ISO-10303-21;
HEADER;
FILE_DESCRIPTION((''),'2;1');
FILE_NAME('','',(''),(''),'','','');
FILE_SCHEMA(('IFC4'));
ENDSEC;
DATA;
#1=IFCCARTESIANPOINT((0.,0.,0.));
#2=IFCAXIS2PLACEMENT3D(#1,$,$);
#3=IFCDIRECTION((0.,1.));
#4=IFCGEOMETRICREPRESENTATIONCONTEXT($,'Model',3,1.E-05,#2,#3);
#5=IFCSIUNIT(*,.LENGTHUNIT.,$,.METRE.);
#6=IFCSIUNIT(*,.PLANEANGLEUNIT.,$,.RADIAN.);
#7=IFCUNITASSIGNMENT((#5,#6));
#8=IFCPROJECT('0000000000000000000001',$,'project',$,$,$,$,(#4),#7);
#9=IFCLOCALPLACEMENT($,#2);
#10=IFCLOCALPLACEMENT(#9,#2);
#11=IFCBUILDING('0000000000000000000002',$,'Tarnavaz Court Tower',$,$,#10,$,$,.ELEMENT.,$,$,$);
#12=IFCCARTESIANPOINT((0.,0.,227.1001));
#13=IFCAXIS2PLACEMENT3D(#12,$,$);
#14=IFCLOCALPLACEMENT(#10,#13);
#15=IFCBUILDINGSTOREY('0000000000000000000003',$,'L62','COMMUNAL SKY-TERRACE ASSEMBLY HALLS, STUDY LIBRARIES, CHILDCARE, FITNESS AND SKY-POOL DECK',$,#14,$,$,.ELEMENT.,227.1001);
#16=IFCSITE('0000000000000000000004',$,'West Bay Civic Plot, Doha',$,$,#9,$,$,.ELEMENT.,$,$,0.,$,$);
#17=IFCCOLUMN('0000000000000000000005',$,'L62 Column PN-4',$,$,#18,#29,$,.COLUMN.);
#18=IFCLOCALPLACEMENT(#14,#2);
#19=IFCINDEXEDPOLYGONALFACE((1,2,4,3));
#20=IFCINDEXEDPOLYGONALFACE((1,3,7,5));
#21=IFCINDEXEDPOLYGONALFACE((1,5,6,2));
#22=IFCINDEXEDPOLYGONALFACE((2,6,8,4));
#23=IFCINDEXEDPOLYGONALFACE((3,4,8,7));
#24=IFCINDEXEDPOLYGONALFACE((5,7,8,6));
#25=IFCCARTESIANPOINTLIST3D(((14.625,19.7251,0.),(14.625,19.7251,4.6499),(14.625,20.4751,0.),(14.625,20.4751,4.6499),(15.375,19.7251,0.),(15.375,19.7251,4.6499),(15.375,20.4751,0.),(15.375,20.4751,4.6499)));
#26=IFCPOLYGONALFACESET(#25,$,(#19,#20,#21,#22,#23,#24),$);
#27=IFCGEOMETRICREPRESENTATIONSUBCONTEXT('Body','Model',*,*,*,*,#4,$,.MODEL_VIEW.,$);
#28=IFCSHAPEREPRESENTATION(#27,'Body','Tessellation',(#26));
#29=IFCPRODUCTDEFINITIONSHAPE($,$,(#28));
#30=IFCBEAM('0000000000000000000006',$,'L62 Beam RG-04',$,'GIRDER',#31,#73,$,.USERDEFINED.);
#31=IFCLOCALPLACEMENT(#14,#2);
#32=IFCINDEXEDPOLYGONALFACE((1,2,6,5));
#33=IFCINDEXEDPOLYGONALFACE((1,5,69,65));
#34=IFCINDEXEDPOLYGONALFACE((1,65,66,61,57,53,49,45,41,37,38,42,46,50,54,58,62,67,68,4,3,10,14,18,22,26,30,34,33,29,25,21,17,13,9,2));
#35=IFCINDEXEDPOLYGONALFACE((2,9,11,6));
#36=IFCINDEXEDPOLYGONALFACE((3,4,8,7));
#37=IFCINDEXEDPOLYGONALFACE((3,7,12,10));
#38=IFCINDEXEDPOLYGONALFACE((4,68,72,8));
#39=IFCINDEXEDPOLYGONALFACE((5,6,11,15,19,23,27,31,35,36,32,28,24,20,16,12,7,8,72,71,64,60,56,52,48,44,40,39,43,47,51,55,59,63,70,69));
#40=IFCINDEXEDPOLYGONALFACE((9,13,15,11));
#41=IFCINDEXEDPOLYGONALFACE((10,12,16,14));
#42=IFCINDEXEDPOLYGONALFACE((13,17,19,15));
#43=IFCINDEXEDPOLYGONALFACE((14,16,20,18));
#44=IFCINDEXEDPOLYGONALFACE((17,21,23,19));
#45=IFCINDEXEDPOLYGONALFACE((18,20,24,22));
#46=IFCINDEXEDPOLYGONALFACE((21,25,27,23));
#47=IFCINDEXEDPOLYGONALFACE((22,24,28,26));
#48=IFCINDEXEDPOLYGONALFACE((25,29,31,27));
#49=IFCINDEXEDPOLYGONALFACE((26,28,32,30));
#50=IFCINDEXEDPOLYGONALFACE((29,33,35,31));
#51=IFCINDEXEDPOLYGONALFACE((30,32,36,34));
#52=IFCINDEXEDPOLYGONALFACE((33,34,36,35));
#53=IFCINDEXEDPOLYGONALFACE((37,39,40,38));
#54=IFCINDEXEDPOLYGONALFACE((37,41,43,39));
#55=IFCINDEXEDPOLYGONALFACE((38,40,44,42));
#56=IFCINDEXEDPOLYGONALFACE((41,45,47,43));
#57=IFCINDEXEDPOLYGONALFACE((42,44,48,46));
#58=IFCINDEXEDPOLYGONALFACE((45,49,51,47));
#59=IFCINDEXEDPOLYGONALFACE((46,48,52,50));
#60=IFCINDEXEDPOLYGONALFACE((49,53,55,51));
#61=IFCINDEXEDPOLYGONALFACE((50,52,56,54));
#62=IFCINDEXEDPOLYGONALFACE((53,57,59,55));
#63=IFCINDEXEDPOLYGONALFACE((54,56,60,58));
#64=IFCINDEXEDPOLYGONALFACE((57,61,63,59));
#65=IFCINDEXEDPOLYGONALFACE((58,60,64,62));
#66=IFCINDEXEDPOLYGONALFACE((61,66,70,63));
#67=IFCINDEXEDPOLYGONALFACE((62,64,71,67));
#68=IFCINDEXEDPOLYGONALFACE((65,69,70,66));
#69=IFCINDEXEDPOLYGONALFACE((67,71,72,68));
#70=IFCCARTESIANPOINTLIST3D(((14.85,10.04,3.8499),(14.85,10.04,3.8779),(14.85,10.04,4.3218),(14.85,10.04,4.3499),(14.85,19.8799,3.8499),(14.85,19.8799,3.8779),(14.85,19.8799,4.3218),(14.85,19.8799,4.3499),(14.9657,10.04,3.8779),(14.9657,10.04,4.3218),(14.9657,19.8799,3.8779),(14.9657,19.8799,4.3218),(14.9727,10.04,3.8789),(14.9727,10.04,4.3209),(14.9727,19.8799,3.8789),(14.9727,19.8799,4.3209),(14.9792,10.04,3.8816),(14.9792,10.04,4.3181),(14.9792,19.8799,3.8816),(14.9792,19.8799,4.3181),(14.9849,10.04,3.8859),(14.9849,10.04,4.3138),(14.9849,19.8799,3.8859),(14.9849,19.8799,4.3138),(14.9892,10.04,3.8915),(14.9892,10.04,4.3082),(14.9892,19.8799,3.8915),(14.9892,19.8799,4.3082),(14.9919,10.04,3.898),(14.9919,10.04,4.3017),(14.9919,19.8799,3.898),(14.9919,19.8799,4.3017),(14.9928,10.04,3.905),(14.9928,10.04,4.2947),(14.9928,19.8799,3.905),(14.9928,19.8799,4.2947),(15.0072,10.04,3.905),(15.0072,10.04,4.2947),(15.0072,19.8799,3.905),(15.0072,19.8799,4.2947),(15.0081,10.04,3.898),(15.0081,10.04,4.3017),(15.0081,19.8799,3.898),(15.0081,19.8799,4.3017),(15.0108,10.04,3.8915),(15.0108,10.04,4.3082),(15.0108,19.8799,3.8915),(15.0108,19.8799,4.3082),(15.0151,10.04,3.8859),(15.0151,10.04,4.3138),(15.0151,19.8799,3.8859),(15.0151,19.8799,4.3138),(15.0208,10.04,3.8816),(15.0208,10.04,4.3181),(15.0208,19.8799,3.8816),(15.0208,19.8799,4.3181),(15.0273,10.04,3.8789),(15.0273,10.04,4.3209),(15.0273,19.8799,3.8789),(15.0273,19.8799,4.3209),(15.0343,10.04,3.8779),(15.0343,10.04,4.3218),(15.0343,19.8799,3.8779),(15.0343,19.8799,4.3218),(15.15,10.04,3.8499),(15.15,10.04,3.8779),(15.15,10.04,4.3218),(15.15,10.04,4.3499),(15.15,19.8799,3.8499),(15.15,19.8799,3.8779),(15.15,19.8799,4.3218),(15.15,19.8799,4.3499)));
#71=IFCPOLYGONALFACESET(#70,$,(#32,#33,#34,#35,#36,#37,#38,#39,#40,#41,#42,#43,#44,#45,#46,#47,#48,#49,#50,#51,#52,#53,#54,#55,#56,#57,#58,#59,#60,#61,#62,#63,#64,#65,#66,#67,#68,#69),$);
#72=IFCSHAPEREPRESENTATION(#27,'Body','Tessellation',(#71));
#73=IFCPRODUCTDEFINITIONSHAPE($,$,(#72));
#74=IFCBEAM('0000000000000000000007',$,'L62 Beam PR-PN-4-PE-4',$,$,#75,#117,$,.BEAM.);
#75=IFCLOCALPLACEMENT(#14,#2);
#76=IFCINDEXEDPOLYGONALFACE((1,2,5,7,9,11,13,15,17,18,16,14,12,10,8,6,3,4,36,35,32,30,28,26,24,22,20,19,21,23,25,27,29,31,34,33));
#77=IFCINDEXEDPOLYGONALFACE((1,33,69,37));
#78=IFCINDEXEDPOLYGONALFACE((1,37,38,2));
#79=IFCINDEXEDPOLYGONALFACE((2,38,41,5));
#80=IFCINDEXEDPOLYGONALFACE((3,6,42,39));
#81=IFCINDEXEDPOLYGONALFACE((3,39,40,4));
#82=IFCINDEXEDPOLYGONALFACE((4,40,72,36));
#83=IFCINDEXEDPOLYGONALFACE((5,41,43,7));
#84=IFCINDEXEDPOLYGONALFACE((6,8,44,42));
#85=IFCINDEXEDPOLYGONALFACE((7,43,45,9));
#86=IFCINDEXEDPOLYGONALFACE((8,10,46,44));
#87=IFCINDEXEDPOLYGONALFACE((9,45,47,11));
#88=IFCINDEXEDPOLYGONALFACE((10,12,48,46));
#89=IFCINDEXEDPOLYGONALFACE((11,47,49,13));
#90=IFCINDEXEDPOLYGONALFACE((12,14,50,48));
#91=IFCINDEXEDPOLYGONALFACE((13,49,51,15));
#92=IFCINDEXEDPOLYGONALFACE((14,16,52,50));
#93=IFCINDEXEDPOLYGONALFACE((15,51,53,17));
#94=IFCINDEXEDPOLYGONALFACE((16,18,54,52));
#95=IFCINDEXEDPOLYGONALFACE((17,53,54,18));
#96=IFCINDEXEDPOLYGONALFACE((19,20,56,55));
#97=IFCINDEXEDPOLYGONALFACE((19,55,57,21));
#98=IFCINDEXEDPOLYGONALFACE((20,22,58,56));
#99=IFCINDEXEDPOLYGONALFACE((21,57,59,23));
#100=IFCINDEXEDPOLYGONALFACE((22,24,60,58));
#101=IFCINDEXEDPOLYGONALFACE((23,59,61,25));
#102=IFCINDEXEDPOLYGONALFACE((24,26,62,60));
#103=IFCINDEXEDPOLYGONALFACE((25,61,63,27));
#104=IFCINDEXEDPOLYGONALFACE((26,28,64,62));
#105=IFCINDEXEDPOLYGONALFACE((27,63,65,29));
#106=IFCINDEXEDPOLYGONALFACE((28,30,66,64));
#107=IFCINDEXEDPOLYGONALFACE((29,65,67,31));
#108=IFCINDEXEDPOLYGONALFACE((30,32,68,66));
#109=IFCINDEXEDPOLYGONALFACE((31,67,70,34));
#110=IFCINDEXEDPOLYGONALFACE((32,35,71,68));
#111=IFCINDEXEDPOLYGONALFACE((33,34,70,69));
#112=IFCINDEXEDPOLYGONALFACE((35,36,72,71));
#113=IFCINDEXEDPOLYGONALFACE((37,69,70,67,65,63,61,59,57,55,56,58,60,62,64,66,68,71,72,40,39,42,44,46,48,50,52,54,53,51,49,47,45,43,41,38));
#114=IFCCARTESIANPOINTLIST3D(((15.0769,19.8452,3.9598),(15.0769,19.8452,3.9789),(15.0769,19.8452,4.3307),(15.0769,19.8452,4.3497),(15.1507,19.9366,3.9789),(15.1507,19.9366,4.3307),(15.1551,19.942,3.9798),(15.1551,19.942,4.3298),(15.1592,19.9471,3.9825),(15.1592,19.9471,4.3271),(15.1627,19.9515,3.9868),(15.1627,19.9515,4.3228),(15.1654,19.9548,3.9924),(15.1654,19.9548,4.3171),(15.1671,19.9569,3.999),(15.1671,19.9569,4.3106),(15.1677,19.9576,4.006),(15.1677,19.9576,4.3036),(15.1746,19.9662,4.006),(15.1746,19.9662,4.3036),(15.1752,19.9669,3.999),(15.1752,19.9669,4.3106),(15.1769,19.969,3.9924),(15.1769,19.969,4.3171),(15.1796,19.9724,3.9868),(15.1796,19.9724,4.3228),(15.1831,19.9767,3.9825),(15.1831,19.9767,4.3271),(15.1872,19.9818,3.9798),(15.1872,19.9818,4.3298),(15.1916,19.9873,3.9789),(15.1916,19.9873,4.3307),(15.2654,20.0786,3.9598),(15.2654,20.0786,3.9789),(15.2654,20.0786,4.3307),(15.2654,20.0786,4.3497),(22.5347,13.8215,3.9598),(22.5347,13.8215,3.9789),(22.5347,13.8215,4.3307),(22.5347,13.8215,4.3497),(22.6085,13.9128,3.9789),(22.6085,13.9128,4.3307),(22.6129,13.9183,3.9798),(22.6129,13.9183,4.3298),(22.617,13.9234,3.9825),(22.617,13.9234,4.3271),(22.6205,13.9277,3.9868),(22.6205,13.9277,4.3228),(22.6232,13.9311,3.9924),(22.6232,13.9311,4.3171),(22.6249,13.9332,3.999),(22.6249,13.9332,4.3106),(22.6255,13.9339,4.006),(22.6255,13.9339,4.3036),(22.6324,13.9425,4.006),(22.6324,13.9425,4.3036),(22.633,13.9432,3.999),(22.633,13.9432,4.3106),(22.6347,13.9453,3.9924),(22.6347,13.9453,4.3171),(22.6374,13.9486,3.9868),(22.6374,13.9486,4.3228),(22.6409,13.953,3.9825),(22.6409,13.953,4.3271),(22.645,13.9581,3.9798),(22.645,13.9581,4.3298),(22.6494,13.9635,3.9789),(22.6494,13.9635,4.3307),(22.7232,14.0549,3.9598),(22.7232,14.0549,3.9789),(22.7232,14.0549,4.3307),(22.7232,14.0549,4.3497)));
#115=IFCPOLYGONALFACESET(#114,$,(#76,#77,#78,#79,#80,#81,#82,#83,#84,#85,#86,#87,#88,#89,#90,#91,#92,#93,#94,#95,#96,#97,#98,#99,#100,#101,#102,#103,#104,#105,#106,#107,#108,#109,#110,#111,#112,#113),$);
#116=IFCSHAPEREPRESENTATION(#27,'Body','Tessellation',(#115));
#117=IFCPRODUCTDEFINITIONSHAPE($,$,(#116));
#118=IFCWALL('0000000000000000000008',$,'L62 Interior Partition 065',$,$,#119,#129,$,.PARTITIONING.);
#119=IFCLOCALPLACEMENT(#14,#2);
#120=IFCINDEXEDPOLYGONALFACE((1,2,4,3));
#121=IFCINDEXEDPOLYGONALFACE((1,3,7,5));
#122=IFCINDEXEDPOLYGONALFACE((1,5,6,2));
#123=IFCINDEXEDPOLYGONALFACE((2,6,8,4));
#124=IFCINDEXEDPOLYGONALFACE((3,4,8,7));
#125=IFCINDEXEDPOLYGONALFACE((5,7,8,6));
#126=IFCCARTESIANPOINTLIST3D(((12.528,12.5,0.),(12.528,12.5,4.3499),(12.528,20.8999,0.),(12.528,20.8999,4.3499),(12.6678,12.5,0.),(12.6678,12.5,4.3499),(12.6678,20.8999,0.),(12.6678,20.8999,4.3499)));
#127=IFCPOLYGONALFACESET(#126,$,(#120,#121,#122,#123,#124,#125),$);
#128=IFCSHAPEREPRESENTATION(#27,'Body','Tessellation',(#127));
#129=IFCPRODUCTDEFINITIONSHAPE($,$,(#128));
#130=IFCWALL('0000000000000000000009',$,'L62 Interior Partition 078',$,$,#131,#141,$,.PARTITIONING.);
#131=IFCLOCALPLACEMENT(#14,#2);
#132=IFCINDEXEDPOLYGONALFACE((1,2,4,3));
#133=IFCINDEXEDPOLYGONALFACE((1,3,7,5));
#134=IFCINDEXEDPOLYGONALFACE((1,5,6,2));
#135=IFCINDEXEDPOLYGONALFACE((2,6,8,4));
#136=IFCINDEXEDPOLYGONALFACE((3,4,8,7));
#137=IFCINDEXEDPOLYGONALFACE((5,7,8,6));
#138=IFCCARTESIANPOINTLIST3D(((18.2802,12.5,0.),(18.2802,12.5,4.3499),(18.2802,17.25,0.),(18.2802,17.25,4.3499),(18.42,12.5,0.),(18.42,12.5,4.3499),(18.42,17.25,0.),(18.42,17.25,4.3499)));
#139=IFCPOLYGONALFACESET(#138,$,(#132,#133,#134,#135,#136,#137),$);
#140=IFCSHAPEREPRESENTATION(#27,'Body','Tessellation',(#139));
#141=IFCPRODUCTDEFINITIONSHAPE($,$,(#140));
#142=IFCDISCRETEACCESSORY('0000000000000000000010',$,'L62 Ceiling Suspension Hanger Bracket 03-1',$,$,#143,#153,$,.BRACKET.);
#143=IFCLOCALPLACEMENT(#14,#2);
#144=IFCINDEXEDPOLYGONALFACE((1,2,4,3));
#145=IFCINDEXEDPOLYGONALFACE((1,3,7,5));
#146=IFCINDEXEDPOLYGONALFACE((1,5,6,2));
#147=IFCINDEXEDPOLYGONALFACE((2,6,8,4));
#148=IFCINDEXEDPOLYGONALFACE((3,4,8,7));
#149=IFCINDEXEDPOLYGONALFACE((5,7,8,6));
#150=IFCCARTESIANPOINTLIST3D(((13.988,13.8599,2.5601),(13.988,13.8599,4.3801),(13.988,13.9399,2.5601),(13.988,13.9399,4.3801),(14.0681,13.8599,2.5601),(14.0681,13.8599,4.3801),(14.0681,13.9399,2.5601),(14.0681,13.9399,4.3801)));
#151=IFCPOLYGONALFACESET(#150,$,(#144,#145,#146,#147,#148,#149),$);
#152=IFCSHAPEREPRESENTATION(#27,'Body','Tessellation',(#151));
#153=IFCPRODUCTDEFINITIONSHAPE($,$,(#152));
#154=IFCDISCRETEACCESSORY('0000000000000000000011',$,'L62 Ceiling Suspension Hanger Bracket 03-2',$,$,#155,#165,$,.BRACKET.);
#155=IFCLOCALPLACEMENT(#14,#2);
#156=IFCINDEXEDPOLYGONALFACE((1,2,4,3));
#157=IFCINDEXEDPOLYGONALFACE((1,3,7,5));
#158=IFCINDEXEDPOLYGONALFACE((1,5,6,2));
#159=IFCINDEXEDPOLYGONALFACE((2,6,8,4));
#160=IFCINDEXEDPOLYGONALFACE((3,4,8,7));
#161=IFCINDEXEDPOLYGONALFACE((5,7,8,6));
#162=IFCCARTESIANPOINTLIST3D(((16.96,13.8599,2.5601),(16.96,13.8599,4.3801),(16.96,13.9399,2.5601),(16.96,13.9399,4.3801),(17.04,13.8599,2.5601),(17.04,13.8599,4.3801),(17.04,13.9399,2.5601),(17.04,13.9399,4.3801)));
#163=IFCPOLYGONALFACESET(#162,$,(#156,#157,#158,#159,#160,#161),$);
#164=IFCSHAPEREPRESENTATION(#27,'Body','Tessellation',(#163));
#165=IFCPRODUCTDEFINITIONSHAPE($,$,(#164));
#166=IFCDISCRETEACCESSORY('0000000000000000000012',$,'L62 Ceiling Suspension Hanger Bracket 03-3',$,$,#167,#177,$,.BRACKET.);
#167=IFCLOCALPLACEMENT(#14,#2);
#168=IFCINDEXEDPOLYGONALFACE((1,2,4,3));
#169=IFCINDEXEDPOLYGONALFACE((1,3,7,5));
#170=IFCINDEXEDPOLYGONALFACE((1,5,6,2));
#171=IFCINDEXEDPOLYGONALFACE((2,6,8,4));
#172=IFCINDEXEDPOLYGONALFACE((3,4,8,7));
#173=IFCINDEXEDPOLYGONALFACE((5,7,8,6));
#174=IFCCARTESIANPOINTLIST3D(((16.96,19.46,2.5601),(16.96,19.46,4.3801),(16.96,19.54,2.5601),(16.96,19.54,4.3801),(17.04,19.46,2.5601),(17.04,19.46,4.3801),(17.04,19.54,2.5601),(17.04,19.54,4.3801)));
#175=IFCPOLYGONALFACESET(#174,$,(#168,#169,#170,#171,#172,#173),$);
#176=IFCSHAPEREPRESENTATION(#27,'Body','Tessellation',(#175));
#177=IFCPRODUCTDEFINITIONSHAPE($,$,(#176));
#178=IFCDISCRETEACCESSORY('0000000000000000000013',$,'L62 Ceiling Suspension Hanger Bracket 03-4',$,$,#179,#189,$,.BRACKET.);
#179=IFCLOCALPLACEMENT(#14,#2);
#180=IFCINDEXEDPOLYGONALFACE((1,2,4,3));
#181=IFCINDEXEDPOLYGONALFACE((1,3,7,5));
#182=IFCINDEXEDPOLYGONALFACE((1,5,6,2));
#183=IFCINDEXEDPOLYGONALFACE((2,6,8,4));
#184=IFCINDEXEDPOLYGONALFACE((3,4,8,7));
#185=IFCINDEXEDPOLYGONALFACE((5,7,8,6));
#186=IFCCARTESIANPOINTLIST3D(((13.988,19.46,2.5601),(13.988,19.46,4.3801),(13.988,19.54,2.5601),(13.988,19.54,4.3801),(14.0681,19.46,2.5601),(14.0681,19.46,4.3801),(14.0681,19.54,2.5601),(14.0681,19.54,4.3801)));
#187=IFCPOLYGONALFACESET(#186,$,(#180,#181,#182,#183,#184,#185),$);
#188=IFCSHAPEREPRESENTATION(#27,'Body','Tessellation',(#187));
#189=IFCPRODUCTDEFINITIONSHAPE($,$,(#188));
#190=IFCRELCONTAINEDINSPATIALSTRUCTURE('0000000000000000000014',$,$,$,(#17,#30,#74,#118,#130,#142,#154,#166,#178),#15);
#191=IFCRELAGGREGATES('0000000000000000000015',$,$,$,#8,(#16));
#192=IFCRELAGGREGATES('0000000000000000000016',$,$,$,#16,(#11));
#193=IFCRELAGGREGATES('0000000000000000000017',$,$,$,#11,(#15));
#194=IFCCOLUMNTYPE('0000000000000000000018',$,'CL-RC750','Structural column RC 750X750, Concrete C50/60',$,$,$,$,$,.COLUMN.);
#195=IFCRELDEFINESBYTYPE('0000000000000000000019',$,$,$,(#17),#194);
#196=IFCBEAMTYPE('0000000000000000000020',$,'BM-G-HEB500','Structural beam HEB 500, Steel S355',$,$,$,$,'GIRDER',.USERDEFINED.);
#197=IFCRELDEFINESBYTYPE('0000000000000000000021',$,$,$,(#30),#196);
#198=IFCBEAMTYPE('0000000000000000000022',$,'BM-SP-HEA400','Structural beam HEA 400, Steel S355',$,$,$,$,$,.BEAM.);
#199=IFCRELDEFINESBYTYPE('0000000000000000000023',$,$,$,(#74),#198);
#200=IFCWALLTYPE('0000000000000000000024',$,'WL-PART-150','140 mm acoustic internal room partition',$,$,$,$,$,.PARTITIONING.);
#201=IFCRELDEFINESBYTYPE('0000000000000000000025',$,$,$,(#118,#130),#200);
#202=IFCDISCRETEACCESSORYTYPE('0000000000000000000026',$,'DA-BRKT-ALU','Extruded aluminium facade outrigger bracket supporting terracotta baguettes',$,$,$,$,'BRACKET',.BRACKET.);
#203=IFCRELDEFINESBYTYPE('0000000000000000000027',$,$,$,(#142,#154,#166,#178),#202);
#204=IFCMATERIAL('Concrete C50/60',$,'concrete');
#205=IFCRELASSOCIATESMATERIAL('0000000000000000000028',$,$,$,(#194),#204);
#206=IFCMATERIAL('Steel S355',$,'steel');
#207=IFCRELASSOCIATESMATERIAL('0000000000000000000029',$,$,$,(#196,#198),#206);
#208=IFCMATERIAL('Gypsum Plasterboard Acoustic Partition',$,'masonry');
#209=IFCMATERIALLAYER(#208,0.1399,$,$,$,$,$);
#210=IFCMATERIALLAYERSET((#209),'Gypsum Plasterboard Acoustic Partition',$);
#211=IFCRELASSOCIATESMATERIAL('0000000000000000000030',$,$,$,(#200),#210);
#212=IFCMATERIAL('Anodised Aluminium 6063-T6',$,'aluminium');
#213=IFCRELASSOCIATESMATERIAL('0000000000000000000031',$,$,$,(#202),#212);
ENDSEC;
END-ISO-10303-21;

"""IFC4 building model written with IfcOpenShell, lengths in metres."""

from ifc_helpers import new_model, si_unit, direction, frame, frame_2d, origin, origin_2d, place, context, subcontext, project, spatial, rectangle, i_section, extrude, material, layer, layer_set, material_profile, profile_set, type_object, element, save


model = new_model("IFC4")

# Units and contexts
model_context = context("Model", 3, precision=1e-05, world=origin(), true_north=direction((0.0, 1.0)))
body_context = subcontext(model_context, "Body", "Model", "MODEL_VIEW")
ifc_project = project(units=[si_unit("LENGTHUNIT", "METRE"), si_unit("PLANEANGLEUNIT", "RADIAN")], contexts=[model_context])

# Site, building, storey
site_placement = place(None, origin())
site = spatial("IfcSite", under=ifc_project, at=site_placement, Name="West Bay Civic Plot, Doha", CompositionType="ELEMENT", RefElevation=0.0)
building_placement = place(site_placement, origin())
building = spatial("IfcBuilding", under=site, at=building_placement, Name="Tarnavaz Court Tower", CompositionType="ELEMENT")
storey_placement = place(building_placement, frame((0.0, 0.0, 227.1001)))
storey = spatial("IfcBuildingStorey", under=building, at=storey_placement, Name="L62", Description="COMMUNAL SKY-TERRACE ASSEMBLY HALLS, STUDY LIBRARIES, CHILDCARE, FITNESS AND SKY-POOL DECK", CompositionType="ELEMENT", Elevation=227.1001)

# Column
ifc_material_1 = material(Name="Concrete C50/60", Category="concrete")
ifc_material_profile_1 = material_profile(ifc_material_1, rectangle(XDim=0.75, YDim=0.75, at=origin_2d()), Name="RC 750X750")
ifc_profile_set_1 = profile_set([ifc_material_profile_1], Name="Concrete C50/60")
column_type = type_object("IfcColumnType", Name="CL-RC750", Description="Structural column RC 750X750, Concrete C50/60", PredefinedType="COLUMN", material=ifc_profile_set_1)
column_placement = place(storey_placement, frame((15.0, 20.1001, 0.0), z_axis=(0.0, 0.0, 1.0), x_axis=(1.0, 0.0, 0.0)))
element("IfcColumn", 1, at=column_placement, inside=storey, type_object=column_type, Name="L62 Column PN-4", PredefinedType="COLUMN", context=body_context, shape_type="SweptSolid", body=[
    extrude(rectangle(XDim=0.75, YDim=0.75, at=origin_2d()), origin(), (0.0, 0.0, 1.0), 4.6499),
])

# Beams
ifc_material_2 = material(Name="Steel S355", Category="steel")
ifc_material_profile_2 = material_profile(ifc_material_2, i_section(OverallWidth=0.3, OverallDepth=0.5, WebThickness=0.0144, FlangeThickness=0.0281, FilletRadius=0.0271, at=origin_2d()), Name="HEB 500")
ifc_profile_set_2 = profile_set([ifc_material_profile_2], Name="Steel S355")
beam_type_1 = type_object("IfcBeamType", Name="BM-G-HEB500", Description="Structural beam HEB 500, Steel S355", ElementType="GIRDER", PredefinedType="USERDEFINED", material=ifc_profile_set_2)
beam_1_placement = place(storey_placement, frame((15.0, 10.04, 4.0999), z_axis=(0.0, 1.0, 0.0), x_axis=(-1.0, 0.0, 0.0)))
element("IfcBeam", 2, at=beam_1_placement, inside=storey, type_object=beam_type_1, Name="L62 Beam RG-04", ObjectType="GIRDER", PredefinedType="USERDEFINED", context=body_context, shape_type="SweptSolid", body=[
    extrude(i_section(OverallWidth=0.3, OverallDepth=0.5, WebThickness=0.0144, FlangeThickness=0.0281, FilletRadius=0.0271, at=origin_2d()), origin(), (0.0, 0.0, 1.0), 9.8398),
])
ifc_material_profile_3 = material_profile(ifc_material_2, i_section(OverallWidth=0.3, OverallDepth=0.3899, WebThickness=0.011, FlangeThickness=0.019, FilletRadius=0.0271, at=origin_2d()), Name="HEA 400")
ifc_profile_set_3 = profile_set([ifc_material_profile_3], Name="Steel S355")
beam_type_2 = type_object("IfcBeamType", Name="BM-SP-HEA400", Description="Structural beam HEA 400, Steel S355", PredefinedType="BEAM", material=ifc_profile_set_3)
beam_2_placement = place(storey_placement, frame((15.1711, 19.9619, 4.1548), z_axis=(0.777936, -0.628344, 0.0), x_axis=(0.628344, 0.777936, 0.0)))
element("IfcBeam", 3, at=beam_2_placement, inside=storey, type_object=beam_type_2, Name="L62 Beam PR-PN-4-PE-4", PredefinedType="BEAM", context=body_context, shape_type="SweptSolid", body=[
    extrude(i_section(OverallWidth=0.3, OverallDepth=0.3899, WebThickness=0.011, FlangeThickness=0.019, FilletRadius=0.0271, at=origin_2d()), origin(), (0.0, 0.0, 1.0), 9.5867),
])

# Walls
ifc_material_3 = material(Name="Gypsum Plasterboard Acoustic Partition", Category="masonry")
ifc_layer = layer(ifc_material_3, 0.1399)
ifc_layer_set = layer_set([ifc_layer], Name="Gypsum Plasterboard Acoustic Partition")
wall_type = type_object("IfcWallType", Name="WL-PART-150", Description="140 mm acoustic internal room partition", PredefinedType="PARTITIONING", material=ifc_layer_set)
wall_1_placement = place(storey_placement, frame((12.5979, 12.5, 0.0), z_axis=(0.0, 0.0, 1.0), x_axis=(0.0, 1.0, 0.0)))
element("IfcWall", 4, at=wall_1_placement, inside=storey, type_object=wall_type, Name="L62 Interior Partition 065", PredefinedType="PARTITIONING", context=body_context, shape_type="SweptSolid", body=[
    extrude(rectangle(XDim=8.3999, YDim=0.1399, at=frame_2d((4.2, 0.0))), origin(), (0.0, 0.0, 1.0), 4.3499),
])
wall_2_placement = place(storey_placement, frame((18.3501, 12.5, 0.0), z_axis=(0.0, 0.0, 1.0), x_axis=(0.0, 1.0, 0.0)))
element("IfcWall", 5, at=wall_2_placement, inside=storey, type_object=wall_type, Name="L62 Interior Partition 078", PredefinedType="PARTITIONING", context=body_context, shape_type="SweptSolid", body=[
    extrude(rectangle(XDim=4.75, YDim=0.1399, at=frame_2d((2.375, 0.0))), origin(), (0.0, 0.0, 1.0), 4.3499),
])

# Discrete accessories
ifc_material_4 = material(Name="Anodised Aluminium 6063-T6", Category="aluminium")
discrete_accessory_type = type_object("IfcDiscreteAccessoryType", Name="DA-BRKT-ALU", Description="Extruded aluminium facade outrigger bracket supporting terracotta baguettes", ElementType="BRACKET", PredefinedType="BRACKET", material=ifc_material_4)
for number, where, z_axis, x_axis, name in (
    (6, (14.0281, 13.8999, 2.5601), (0.0, 0.0, 1.0), (1.0, 0.0, 0.0), "L62 Ceiling Suspension Hanger Bracket 03-1"),
    (7, (17.0, 13.8999, 2.5601), (0.0, 0.0, 1.0), (1.0, 0.0, 0.0), "L62 Ceiling Suspension Hanger Bracket 03-2"),
    (8, (17.0, 19.5, 2.5601), (0.0, 0.0, 1.0), (1.0, 0.0, 0.0), "L62 Ceiling Suspension Hanger Bracket 03-3"),
    (9, (14.0281, 19.5, 2.5601), (0.0, 0.0, 1.0), (1.0, 0.0, 0.0), "L62 Ceiling Suspension Hanger Bracket 03-4"),
):
    element("IfcDiscreteAccessory", number, at=place(storey_placement, frame(where, z_axis=z_axis, x_axis=x_axis)), inside=storey, type_object=discrete_accessory_type, Name=name, PredefinedType="BRACKET", context=body_context, shape_type="SweptSolid", body=[
        extrude(rectangle(XDim=0.0801, YDim=0.0801, at=origin_2d()), origin(), (0.0, 0.0, 1.0), 1.8201),
    ])

save(model, "model.ifc")
